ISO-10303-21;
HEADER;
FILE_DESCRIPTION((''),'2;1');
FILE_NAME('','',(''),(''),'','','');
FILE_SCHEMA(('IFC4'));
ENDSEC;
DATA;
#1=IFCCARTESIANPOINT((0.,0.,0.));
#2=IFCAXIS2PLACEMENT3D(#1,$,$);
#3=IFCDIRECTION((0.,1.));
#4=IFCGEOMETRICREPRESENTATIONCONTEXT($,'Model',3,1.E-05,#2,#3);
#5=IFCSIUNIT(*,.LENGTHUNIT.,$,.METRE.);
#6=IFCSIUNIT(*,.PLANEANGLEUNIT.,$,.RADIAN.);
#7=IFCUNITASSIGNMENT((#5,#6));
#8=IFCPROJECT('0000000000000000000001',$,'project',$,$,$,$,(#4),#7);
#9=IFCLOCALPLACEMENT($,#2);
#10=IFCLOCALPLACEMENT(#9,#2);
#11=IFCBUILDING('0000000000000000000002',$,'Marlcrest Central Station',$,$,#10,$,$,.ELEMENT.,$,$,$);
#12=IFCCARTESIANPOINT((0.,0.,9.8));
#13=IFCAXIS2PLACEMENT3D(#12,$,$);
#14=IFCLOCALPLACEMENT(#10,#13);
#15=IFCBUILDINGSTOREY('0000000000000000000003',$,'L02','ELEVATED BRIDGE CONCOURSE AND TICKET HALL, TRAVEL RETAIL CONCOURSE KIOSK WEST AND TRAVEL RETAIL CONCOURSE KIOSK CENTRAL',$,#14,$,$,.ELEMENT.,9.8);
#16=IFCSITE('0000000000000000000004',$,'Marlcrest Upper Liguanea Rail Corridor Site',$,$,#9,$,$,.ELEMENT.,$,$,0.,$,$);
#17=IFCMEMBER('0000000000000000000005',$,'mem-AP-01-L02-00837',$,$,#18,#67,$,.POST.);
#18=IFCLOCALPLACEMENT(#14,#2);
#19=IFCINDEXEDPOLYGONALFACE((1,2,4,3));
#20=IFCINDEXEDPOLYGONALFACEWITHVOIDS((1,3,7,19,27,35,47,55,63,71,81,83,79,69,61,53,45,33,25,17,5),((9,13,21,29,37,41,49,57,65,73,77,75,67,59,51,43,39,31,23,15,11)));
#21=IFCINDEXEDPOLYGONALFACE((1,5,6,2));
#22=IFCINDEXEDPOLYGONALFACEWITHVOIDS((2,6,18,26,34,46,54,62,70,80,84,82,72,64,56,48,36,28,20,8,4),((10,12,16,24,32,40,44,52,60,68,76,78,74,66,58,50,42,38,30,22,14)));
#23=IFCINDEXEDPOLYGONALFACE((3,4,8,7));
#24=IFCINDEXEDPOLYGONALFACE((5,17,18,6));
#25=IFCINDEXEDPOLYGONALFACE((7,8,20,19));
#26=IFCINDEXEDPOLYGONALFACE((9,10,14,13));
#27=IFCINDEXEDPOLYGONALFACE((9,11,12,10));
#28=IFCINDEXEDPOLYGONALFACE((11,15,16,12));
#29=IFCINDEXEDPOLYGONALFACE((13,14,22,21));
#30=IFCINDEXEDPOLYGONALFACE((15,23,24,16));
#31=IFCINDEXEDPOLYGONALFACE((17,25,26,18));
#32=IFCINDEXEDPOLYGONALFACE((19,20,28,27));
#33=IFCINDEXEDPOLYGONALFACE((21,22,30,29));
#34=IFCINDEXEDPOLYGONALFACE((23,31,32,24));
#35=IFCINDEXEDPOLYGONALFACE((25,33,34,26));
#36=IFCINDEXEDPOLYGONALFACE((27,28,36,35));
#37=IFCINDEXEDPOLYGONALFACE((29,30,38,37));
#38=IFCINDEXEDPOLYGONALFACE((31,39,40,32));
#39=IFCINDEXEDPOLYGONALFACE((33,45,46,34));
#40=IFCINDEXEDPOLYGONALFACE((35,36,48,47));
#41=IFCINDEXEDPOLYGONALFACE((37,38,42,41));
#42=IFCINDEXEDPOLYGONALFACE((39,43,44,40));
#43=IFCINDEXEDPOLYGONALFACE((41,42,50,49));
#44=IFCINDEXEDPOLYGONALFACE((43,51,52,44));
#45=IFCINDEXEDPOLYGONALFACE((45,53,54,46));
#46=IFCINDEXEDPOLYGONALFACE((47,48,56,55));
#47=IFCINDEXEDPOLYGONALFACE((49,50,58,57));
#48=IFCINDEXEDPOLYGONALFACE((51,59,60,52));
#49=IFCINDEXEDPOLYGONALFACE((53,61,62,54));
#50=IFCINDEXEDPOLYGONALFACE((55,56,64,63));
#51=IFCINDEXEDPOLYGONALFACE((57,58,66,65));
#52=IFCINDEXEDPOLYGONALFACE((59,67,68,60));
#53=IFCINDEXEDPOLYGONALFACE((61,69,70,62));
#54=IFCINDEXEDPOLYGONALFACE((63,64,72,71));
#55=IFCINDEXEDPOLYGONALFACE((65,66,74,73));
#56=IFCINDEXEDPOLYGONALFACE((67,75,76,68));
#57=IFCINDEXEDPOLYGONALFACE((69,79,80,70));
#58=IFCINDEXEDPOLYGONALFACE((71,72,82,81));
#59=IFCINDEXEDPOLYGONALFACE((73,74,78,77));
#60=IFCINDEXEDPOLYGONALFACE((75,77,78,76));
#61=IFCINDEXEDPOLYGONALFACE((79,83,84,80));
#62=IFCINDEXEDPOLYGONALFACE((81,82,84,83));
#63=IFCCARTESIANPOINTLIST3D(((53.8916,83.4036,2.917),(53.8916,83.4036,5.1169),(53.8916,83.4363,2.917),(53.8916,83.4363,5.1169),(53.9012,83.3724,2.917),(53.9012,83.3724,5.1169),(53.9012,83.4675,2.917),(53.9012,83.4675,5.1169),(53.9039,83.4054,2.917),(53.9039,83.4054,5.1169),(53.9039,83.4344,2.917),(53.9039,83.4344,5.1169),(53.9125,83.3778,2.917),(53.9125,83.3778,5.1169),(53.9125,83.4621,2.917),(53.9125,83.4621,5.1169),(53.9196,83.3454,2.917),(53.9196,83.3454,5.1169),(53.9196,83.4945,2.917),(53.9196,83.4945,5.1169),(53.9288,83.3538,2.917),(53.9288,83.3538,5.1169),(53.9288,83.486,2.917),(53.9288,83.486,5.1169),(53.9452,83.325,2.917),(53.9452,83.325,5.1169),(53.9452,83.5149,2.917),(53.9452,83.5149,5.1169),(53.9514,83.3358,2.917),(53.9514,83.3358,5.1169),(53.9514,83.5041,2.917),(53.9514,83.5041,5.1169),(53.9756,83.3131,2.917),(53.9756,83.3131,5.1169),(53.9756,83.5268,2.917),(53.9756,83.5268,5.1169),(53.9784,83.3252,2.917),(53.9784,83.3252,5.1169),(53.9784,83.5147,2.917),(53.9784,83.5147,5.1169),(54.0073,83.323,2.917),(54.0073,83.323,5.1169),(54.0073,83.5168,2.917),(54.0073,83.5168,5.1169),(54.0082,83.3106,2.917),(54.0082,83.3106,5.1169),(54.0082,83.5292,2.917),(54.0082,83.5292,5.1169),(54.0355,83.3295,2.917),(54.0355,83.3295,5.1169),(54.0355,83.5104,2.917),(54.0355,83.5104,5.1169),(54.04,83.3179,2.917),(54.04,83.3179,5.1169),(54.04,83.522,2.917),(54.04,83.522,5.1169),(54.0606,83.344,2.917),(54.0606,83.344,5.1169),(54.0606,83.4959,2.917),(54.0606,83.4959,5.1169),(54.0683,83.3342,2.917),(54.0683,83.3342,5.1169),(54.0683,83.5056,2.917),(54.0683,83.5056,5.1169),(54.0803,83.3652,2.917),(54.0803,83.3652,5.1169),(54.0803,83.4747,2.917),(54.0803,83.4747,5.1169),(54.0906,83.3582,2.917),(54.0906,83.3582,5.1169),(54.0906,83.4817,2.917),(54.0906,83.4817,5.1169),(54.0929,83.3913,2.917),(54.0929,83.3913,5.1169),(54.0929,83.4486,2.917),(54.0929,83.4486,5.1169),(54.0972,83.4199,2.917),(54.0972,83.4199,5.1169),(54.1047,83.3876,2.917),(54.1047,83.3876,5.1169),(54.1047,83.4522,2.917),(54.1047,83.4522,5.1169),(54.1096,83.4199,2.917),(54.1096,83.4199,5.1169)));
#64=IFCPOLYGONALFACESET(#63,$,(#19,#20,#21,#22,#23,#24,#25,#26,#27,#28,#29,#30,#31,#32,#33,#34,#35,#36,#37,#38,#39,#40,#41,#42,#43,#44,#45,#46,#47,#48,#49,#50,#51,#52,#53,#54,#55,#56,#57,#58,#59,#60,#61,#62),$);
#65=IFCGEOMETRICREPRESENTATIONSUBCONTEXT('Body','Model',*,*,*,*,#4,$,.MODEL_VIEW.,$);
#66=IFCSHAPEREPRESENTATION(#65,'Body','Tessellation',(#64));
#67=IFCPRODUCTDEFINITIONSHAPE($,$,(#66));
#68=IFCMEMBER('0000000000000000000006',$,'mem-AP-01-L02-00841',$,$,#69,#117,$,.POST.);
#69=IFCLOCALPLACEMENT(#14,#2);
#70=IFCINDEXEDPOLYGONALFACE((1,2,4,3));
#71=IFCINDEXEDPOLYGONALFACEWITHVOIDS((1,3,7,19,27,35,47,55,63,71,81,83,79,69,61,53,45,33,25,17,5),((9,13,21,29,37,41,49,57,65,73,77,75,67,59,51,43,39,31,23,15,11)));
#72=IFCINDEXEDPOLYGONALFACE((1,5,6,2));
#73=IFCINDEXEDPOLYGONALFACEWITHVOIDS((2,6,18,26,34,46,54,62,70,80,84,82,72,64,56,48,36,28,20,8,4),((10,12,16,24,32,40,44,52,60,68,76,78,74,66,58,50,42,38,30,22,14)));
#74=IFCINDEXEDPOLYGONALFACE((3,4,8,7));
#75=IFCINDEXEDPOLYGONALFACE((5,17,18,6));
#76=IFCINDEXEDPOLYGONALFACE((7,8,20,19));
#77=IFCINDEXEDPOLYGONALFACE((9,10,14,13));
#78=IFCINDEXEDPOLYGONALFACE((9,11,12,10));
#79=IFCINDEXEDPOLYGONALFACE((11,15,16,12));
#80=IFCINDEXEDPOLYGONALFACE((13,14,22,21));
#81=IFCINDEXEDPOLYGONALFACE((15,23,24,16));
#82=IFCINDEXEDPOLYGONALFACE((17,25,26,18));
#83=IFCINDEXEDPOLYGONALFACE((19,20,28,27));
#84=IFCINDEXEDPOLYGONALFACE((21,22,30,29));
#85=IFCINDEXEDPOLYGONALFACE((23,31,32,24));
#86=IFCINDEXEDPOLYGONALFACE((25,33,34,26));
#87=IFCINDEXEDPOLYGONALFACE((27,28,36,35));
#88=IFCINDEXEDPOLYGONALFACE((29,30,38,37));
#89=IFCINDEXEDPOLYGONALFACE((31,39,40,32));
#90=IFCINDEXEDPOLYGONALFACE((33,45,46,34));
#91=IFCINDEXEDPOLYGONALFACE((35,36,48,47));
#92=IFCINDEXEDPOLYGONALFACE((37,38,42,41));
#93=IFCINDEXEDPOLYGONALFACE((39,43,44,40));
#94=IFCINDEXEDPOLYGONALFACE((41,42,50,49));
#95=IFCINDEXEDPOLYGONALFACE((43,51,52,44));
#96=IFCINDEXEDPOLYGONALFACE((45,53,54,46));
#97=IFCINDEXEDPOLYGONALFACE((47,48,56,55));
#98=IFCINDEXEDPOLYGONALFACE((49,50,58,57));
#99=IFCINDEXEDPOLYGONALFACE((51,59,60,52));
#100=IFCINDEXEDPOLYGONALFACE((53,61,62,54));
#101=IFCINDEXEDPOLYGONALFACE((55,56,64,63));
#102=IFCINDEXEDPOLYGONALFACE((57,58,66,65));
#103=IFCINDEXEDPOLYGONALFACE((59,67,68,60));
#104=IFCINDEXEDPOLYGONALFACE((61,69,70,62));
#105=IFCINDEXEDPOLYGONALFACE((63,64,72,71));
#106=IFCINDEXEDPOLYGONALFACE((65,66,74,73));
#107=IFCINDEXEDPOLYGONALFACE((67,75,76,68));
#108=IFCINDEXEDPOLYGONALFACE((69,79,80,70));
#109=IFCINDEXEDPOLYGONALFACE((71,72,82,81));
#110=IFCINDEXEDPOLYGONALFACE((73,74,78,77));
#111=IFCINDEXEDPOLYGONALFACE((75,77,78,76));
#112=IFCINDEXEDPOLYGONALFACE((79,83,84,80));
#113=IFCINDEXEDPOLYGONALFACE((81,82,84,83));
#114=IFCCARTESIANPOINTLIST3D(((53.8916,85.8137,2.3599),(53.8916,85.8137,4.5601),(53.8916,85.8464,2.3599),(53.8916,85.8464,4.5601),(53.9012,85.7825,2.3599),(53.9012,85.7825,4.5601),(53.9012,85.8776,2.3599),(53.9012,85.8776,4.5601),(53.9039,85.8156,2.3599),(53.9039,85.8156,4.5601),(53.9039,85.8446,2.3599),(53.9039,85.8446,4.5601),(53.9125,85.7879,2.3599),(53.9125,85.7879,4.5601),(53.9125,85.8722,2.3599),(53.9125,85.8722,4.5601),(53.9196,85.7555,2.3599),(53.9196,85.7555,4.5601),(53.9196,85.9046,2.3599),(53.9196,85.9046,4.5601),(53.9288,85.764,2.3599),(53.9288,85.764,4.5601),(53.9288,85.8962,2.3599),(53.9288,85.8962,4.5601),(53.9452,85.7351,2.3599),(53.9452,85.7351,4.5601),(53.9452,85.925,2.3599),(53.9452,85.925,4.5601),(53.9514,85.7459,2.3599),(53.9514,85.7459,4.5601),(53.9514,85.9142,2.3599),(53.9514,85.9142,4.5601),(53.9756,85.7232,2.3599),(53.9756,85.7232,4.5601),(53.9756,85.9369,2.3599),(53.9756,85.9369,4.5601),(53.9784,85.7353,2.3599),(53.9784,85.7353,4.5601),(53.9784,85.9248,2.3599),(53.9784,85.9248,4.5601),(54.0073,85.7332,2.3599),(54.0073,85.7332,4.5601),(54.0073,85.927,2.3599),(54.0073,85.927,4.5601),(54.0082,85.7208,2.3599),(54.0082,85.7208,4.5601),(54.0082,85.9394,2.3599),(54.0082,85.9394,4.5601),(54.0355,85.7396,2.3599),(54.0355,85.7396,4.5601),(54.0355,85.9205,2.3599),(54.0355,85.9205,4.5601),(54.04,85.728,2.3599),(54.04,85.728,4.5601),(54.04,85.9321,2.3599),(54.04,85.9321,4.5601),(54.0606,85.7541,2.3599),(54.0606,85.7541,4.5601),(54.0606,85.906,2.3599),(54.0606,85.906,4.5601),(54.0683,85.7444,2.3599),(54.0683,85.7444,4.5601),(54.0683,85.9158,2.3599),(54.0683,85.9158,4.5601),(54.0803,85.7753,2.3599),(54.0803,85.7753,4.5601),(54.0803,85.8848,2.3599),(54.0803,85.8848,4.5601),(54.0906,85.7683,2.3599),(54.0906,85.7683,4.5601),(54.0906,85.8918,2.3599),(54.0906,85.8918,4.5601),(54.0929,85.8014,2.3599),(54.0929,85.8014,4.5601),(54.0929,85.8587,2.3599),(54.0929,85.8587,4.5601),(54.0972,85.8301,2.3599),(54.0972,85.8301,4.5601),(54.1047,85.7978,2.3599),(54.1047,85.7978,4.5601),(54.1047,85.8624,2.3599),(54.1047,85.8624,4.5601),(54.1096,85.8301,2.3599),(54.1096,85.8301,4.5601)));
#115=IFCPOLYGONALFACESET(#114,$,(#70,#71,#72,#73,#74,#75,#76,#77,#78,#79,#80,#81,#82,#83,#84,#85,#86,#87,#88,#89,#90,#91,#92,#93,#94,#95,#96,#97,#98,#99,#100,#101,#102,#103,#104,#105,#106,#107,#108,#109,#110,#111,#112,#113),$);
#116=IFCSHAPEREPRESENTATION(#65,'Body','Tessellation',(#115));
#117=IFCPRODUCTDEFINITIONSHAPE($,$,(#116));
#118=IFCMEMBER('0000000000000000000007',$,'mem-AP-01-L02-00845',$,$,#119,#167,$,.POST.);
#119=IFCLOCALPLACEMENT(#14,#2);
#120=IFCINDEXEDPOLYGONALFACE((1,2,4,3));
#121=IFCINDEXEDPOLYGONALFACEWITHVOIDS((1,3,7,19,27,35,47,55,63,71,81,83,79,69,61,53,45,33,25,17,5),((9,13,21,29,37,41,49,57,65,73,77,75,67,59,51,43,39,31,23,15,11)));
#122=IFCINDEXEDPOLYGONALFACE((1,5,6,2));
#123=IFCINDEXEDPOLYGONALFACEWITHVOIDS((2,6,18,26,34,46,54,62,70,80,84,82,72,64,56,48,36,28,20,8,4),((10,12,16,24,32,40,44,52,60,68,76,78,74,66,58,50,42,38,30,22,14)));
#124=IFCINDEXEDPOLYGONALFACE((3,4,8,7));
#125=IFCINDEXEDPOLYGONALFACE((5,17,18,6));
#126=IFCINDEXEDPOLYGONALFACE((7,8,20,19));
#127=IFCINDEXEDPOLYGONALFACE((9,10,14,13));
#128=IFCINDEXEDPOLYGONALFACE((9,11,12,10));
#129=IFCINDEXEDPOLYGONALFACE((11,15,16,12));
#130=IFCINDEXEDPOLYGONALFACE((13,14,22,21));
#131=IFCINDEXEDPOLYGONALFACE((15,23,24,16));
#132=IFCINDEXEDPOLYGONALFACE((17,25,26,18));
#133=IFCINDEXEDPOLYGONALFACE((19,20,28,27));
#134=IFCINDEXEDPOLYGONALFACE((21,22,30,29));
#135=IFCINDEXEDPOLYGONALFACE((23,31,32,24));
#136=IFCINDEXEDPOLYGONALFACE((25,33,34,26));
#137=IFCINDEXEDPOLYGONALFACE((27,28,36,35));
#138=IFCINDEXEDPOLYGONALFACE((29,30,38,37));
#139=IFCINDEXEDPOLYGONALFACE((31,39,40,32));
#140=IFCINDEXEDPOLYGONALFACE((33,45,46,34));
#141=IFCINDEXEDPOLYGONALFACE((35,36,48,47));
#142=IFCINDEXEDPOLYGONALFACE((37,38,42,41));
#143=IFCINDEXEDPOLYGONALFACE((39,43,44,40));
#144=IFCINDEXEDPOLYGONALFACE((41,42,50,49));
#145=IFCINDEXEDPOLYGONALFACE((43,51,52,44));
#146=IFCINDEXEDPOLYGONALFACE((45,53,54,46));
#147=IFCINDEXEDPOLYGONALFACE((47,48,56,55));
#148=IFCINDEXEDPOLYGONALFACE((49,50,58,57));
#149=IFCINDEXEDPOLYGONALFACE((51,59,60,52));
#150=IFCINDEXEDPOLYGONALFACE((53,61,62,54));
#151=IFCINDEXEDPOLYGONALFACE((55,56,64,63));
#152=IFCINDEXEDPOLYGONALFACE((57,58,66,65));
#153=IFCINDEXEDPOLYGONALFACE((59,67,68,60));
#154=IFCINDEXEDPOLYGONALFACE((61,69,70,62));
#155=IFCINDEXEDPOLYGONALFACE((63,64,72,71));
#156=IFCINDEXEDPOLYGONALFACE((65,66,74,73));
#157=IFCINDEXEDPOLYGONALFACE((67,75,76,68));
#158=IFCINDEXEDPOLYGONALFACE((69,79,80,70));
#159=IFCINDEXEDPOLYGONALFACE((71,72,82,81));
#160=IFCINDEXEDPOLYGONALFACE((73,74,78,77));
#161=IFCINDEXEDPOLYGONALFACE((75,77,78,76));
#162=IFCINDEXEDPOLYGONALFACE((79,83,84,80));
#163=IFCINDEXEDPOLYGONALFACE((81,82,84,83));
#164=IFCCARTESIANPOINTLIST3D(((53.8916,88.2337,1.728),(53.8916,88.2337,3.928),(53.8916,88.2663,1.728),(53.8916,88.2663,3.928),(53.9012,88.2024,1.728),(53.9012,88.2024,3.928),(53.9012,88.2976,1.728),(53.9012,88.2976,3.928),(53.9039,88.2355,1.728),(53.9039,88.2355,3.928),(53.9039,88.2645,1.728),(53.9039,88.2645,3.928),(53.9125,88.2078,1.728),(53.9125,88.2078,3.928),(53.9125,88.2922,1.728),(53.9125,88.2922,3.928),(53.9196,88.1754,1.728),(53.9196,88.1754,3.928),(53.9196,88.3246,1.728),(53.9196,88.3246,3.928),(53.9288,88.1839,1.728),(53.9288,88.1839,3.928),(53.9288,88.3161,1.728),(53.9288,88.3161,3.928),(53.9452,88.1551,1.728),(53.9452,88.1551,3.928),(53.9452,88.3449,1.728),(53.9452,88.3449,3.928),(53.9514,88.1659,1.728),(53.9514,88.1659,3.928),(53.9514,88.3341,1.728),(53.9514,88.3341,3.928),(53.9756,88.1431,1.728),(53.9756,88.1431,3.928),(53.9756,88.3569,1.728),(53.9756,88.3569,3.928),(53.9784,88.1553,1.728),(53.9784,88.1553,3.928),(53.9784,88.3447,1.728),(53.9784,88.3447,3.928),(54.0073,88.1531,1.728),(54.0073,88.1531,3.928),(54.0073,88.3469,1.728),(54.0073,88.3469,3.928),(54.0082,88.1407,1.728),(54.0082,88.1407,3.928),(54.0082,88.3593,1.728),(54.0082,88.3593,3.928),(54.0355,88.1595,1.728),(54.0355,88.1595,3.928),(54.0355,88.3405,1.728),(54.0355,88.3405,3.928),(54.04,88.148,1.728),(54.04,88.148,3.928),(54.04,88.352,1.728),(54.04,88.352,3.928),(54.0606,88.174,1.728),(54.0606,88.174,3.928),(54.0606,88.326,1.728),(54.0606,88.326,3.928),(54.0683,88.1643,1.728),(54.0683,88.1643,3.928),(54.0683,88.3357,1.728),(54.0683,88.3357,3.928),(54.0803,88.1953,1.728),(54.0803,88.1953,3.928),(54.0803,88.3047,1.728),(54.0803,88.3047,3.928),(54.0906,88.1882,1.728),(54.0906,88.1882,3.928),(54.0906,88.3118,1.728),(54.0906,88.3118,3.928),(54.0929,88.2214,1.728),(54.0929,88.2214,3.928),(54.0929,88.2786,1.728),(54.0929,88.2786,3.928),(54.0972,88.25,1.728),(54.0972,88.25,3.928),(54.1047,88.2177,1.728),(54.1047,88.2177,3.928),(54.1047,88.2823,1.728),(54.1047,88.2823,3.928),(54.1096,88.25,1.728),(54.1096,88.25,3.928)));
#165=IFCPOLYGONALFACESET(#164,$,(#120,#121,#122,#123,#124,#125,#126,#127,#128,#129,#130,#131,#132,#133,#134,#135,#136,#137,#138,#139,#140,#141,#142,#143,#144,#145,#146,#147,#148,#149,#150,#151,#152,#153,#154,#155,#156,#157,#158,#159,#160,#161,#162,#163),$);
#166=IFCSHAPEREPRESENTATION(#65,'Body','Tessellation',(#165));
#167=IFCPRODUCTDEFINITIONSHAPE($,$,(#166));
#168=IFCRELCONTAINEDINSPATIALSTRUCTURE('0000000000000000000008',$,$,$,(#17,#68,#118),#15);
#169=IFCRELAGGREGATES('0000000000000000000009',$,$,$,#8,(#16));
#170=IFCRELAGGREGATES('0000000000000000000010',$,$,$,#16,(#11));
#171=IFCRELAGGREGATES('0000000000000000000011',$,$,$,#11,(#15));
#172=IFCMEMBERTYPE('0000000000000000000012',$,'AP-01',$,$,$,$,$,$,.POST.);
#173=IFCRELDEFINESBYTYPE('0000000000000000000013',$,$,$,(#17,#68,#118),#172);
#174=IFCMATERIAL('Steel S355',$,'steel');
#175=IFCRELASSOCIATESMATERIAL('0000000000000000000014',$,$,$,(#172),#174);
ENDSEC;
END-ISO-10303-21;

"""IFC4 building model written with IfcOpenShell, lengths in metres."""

from ifc_helpers import new_model, si_unit, direction, frame, origin, origin_2d, place, context, subcontext, project, spatial, hollow_circle, extrude, material, material_profile, profile_set, type_object, element, save


model = new_model("IFC4")

# Units and contexts
model_context = context("Model", 3, precision=1e-05, world=origin(), true_north=direction((0.0, 1.0)))
body_context = subcontext(model_context, "Body", "Model", "MODEL_VIEW")
ifc_project = project(units=[si_unit("LENGTHUNIT", "METRE"), si_unit("PLANEANGLEUNIT", "RADIAN")], contexts=[model_context])

# Site, building, storey
site_placement = place(None, origin())
site = spatial("IfcSite", under=ifc_project, at=site_placement, Name="Marlcrest Upper Liguanea Rail Corridor Site", CompositionType="ELEMENT", RefElevation=0.0)
building_placement = place(site_placement, origin())
building = spatial("IfcBuilding", under=site, at=building_placement, Name="Marlcrest Central Station", CompositionType="ELEMENT")
storey_placement = place(building_placement, frame((0.0, 0.0, 9.8)))
storey = spatial("IfcBuildingStorey", under=building, at=storey_placement, Name="L02", Description="ELEVATED BRIDGE CONCOURSE AND TICKET HALL, TRAVEL RETAIL CONCOURSE KIOSK WEST AND TRAVEL RETAIL CONCOURSE KIOSK CENTRAL", CompositionType="ELEMENT", Elevation=9.8)

# Members
ifc_material_1 = material(Name="Steel S355", Category="steel")
ifc_material_profile_1 = material_profile(ifc_material_1, hollow_circle(Radius=0.1096, WallThickness=0.0125, at=origin_2d()), Name="CHS 219.1x12.5")
ifc_profile_set_1 = profile_set([ifc_material_profile_1], Name="Steel S355")
member_type_1 = type_object("IfcMemberType", Name="AP-01", PredefinedType="POST", material=ifc_profile_set_1)
member_1_placement = place(storey_placement, frame((54.0, 83.4199, 2.917), z_axis=(0.0, 0.0, 1.0), x_axis=(1.0, 0.0, 0.0)))
element("IfcMember", 1, at=member_1_placement, inside=storey, type_object=member_type_1, Name="mem-AP-01-L02-00837", PredefinedType="POST", context=body_context, shape_type="SweptSolid", body=[
    extrude(hollow_circle(Radius=0.1096, WallThickness=0.0125, at=origin_2d()), origin(), (0.0, 0.0, 1.0), 2.2),
])
member_2_placement = place(storey_placement, frame((54.0, 85.8301, 2.3599), z_axis=(0.0, 0.0, 1.0), x_axis=(1.0, 0.0, 0.0)))
element("IfcMember", 2, at=member_2_placement, inside=storey, type_object=member_type_1, Name="mem-AP-01-L02-00841", PredefinedType="POST", context=body_context, shape_type="SweptSolid", body=[
    extrude(hollow_circle(Radius=0.1096, WallThickness=0.0125, at=origin_2d()), origin(), (0.0, 0.0, 1.0), 2.2002),
])
member_3_placement = place(storey_placement, frame((54.0, 88.25, 1.728), z_axis=(0.0, 0.0, 1.0), x_axis=(1.0, 0.0, 0.0)))
element("IfcMember", 3, at=member_3_placement, inside=storey, type_object=member_type_1, Name="mem-AP-01-L02-00845", PredefinedType="POST", context=body_context, shape_type="SweptSolid", body=[
    extrude(hollow_circle(Radius=0.1096, WallThickness=0.0125, at=origin_2d()), origin(), (0.0, 0.0, 1.0), 2.2),
])

save(model, "model.ifc")
